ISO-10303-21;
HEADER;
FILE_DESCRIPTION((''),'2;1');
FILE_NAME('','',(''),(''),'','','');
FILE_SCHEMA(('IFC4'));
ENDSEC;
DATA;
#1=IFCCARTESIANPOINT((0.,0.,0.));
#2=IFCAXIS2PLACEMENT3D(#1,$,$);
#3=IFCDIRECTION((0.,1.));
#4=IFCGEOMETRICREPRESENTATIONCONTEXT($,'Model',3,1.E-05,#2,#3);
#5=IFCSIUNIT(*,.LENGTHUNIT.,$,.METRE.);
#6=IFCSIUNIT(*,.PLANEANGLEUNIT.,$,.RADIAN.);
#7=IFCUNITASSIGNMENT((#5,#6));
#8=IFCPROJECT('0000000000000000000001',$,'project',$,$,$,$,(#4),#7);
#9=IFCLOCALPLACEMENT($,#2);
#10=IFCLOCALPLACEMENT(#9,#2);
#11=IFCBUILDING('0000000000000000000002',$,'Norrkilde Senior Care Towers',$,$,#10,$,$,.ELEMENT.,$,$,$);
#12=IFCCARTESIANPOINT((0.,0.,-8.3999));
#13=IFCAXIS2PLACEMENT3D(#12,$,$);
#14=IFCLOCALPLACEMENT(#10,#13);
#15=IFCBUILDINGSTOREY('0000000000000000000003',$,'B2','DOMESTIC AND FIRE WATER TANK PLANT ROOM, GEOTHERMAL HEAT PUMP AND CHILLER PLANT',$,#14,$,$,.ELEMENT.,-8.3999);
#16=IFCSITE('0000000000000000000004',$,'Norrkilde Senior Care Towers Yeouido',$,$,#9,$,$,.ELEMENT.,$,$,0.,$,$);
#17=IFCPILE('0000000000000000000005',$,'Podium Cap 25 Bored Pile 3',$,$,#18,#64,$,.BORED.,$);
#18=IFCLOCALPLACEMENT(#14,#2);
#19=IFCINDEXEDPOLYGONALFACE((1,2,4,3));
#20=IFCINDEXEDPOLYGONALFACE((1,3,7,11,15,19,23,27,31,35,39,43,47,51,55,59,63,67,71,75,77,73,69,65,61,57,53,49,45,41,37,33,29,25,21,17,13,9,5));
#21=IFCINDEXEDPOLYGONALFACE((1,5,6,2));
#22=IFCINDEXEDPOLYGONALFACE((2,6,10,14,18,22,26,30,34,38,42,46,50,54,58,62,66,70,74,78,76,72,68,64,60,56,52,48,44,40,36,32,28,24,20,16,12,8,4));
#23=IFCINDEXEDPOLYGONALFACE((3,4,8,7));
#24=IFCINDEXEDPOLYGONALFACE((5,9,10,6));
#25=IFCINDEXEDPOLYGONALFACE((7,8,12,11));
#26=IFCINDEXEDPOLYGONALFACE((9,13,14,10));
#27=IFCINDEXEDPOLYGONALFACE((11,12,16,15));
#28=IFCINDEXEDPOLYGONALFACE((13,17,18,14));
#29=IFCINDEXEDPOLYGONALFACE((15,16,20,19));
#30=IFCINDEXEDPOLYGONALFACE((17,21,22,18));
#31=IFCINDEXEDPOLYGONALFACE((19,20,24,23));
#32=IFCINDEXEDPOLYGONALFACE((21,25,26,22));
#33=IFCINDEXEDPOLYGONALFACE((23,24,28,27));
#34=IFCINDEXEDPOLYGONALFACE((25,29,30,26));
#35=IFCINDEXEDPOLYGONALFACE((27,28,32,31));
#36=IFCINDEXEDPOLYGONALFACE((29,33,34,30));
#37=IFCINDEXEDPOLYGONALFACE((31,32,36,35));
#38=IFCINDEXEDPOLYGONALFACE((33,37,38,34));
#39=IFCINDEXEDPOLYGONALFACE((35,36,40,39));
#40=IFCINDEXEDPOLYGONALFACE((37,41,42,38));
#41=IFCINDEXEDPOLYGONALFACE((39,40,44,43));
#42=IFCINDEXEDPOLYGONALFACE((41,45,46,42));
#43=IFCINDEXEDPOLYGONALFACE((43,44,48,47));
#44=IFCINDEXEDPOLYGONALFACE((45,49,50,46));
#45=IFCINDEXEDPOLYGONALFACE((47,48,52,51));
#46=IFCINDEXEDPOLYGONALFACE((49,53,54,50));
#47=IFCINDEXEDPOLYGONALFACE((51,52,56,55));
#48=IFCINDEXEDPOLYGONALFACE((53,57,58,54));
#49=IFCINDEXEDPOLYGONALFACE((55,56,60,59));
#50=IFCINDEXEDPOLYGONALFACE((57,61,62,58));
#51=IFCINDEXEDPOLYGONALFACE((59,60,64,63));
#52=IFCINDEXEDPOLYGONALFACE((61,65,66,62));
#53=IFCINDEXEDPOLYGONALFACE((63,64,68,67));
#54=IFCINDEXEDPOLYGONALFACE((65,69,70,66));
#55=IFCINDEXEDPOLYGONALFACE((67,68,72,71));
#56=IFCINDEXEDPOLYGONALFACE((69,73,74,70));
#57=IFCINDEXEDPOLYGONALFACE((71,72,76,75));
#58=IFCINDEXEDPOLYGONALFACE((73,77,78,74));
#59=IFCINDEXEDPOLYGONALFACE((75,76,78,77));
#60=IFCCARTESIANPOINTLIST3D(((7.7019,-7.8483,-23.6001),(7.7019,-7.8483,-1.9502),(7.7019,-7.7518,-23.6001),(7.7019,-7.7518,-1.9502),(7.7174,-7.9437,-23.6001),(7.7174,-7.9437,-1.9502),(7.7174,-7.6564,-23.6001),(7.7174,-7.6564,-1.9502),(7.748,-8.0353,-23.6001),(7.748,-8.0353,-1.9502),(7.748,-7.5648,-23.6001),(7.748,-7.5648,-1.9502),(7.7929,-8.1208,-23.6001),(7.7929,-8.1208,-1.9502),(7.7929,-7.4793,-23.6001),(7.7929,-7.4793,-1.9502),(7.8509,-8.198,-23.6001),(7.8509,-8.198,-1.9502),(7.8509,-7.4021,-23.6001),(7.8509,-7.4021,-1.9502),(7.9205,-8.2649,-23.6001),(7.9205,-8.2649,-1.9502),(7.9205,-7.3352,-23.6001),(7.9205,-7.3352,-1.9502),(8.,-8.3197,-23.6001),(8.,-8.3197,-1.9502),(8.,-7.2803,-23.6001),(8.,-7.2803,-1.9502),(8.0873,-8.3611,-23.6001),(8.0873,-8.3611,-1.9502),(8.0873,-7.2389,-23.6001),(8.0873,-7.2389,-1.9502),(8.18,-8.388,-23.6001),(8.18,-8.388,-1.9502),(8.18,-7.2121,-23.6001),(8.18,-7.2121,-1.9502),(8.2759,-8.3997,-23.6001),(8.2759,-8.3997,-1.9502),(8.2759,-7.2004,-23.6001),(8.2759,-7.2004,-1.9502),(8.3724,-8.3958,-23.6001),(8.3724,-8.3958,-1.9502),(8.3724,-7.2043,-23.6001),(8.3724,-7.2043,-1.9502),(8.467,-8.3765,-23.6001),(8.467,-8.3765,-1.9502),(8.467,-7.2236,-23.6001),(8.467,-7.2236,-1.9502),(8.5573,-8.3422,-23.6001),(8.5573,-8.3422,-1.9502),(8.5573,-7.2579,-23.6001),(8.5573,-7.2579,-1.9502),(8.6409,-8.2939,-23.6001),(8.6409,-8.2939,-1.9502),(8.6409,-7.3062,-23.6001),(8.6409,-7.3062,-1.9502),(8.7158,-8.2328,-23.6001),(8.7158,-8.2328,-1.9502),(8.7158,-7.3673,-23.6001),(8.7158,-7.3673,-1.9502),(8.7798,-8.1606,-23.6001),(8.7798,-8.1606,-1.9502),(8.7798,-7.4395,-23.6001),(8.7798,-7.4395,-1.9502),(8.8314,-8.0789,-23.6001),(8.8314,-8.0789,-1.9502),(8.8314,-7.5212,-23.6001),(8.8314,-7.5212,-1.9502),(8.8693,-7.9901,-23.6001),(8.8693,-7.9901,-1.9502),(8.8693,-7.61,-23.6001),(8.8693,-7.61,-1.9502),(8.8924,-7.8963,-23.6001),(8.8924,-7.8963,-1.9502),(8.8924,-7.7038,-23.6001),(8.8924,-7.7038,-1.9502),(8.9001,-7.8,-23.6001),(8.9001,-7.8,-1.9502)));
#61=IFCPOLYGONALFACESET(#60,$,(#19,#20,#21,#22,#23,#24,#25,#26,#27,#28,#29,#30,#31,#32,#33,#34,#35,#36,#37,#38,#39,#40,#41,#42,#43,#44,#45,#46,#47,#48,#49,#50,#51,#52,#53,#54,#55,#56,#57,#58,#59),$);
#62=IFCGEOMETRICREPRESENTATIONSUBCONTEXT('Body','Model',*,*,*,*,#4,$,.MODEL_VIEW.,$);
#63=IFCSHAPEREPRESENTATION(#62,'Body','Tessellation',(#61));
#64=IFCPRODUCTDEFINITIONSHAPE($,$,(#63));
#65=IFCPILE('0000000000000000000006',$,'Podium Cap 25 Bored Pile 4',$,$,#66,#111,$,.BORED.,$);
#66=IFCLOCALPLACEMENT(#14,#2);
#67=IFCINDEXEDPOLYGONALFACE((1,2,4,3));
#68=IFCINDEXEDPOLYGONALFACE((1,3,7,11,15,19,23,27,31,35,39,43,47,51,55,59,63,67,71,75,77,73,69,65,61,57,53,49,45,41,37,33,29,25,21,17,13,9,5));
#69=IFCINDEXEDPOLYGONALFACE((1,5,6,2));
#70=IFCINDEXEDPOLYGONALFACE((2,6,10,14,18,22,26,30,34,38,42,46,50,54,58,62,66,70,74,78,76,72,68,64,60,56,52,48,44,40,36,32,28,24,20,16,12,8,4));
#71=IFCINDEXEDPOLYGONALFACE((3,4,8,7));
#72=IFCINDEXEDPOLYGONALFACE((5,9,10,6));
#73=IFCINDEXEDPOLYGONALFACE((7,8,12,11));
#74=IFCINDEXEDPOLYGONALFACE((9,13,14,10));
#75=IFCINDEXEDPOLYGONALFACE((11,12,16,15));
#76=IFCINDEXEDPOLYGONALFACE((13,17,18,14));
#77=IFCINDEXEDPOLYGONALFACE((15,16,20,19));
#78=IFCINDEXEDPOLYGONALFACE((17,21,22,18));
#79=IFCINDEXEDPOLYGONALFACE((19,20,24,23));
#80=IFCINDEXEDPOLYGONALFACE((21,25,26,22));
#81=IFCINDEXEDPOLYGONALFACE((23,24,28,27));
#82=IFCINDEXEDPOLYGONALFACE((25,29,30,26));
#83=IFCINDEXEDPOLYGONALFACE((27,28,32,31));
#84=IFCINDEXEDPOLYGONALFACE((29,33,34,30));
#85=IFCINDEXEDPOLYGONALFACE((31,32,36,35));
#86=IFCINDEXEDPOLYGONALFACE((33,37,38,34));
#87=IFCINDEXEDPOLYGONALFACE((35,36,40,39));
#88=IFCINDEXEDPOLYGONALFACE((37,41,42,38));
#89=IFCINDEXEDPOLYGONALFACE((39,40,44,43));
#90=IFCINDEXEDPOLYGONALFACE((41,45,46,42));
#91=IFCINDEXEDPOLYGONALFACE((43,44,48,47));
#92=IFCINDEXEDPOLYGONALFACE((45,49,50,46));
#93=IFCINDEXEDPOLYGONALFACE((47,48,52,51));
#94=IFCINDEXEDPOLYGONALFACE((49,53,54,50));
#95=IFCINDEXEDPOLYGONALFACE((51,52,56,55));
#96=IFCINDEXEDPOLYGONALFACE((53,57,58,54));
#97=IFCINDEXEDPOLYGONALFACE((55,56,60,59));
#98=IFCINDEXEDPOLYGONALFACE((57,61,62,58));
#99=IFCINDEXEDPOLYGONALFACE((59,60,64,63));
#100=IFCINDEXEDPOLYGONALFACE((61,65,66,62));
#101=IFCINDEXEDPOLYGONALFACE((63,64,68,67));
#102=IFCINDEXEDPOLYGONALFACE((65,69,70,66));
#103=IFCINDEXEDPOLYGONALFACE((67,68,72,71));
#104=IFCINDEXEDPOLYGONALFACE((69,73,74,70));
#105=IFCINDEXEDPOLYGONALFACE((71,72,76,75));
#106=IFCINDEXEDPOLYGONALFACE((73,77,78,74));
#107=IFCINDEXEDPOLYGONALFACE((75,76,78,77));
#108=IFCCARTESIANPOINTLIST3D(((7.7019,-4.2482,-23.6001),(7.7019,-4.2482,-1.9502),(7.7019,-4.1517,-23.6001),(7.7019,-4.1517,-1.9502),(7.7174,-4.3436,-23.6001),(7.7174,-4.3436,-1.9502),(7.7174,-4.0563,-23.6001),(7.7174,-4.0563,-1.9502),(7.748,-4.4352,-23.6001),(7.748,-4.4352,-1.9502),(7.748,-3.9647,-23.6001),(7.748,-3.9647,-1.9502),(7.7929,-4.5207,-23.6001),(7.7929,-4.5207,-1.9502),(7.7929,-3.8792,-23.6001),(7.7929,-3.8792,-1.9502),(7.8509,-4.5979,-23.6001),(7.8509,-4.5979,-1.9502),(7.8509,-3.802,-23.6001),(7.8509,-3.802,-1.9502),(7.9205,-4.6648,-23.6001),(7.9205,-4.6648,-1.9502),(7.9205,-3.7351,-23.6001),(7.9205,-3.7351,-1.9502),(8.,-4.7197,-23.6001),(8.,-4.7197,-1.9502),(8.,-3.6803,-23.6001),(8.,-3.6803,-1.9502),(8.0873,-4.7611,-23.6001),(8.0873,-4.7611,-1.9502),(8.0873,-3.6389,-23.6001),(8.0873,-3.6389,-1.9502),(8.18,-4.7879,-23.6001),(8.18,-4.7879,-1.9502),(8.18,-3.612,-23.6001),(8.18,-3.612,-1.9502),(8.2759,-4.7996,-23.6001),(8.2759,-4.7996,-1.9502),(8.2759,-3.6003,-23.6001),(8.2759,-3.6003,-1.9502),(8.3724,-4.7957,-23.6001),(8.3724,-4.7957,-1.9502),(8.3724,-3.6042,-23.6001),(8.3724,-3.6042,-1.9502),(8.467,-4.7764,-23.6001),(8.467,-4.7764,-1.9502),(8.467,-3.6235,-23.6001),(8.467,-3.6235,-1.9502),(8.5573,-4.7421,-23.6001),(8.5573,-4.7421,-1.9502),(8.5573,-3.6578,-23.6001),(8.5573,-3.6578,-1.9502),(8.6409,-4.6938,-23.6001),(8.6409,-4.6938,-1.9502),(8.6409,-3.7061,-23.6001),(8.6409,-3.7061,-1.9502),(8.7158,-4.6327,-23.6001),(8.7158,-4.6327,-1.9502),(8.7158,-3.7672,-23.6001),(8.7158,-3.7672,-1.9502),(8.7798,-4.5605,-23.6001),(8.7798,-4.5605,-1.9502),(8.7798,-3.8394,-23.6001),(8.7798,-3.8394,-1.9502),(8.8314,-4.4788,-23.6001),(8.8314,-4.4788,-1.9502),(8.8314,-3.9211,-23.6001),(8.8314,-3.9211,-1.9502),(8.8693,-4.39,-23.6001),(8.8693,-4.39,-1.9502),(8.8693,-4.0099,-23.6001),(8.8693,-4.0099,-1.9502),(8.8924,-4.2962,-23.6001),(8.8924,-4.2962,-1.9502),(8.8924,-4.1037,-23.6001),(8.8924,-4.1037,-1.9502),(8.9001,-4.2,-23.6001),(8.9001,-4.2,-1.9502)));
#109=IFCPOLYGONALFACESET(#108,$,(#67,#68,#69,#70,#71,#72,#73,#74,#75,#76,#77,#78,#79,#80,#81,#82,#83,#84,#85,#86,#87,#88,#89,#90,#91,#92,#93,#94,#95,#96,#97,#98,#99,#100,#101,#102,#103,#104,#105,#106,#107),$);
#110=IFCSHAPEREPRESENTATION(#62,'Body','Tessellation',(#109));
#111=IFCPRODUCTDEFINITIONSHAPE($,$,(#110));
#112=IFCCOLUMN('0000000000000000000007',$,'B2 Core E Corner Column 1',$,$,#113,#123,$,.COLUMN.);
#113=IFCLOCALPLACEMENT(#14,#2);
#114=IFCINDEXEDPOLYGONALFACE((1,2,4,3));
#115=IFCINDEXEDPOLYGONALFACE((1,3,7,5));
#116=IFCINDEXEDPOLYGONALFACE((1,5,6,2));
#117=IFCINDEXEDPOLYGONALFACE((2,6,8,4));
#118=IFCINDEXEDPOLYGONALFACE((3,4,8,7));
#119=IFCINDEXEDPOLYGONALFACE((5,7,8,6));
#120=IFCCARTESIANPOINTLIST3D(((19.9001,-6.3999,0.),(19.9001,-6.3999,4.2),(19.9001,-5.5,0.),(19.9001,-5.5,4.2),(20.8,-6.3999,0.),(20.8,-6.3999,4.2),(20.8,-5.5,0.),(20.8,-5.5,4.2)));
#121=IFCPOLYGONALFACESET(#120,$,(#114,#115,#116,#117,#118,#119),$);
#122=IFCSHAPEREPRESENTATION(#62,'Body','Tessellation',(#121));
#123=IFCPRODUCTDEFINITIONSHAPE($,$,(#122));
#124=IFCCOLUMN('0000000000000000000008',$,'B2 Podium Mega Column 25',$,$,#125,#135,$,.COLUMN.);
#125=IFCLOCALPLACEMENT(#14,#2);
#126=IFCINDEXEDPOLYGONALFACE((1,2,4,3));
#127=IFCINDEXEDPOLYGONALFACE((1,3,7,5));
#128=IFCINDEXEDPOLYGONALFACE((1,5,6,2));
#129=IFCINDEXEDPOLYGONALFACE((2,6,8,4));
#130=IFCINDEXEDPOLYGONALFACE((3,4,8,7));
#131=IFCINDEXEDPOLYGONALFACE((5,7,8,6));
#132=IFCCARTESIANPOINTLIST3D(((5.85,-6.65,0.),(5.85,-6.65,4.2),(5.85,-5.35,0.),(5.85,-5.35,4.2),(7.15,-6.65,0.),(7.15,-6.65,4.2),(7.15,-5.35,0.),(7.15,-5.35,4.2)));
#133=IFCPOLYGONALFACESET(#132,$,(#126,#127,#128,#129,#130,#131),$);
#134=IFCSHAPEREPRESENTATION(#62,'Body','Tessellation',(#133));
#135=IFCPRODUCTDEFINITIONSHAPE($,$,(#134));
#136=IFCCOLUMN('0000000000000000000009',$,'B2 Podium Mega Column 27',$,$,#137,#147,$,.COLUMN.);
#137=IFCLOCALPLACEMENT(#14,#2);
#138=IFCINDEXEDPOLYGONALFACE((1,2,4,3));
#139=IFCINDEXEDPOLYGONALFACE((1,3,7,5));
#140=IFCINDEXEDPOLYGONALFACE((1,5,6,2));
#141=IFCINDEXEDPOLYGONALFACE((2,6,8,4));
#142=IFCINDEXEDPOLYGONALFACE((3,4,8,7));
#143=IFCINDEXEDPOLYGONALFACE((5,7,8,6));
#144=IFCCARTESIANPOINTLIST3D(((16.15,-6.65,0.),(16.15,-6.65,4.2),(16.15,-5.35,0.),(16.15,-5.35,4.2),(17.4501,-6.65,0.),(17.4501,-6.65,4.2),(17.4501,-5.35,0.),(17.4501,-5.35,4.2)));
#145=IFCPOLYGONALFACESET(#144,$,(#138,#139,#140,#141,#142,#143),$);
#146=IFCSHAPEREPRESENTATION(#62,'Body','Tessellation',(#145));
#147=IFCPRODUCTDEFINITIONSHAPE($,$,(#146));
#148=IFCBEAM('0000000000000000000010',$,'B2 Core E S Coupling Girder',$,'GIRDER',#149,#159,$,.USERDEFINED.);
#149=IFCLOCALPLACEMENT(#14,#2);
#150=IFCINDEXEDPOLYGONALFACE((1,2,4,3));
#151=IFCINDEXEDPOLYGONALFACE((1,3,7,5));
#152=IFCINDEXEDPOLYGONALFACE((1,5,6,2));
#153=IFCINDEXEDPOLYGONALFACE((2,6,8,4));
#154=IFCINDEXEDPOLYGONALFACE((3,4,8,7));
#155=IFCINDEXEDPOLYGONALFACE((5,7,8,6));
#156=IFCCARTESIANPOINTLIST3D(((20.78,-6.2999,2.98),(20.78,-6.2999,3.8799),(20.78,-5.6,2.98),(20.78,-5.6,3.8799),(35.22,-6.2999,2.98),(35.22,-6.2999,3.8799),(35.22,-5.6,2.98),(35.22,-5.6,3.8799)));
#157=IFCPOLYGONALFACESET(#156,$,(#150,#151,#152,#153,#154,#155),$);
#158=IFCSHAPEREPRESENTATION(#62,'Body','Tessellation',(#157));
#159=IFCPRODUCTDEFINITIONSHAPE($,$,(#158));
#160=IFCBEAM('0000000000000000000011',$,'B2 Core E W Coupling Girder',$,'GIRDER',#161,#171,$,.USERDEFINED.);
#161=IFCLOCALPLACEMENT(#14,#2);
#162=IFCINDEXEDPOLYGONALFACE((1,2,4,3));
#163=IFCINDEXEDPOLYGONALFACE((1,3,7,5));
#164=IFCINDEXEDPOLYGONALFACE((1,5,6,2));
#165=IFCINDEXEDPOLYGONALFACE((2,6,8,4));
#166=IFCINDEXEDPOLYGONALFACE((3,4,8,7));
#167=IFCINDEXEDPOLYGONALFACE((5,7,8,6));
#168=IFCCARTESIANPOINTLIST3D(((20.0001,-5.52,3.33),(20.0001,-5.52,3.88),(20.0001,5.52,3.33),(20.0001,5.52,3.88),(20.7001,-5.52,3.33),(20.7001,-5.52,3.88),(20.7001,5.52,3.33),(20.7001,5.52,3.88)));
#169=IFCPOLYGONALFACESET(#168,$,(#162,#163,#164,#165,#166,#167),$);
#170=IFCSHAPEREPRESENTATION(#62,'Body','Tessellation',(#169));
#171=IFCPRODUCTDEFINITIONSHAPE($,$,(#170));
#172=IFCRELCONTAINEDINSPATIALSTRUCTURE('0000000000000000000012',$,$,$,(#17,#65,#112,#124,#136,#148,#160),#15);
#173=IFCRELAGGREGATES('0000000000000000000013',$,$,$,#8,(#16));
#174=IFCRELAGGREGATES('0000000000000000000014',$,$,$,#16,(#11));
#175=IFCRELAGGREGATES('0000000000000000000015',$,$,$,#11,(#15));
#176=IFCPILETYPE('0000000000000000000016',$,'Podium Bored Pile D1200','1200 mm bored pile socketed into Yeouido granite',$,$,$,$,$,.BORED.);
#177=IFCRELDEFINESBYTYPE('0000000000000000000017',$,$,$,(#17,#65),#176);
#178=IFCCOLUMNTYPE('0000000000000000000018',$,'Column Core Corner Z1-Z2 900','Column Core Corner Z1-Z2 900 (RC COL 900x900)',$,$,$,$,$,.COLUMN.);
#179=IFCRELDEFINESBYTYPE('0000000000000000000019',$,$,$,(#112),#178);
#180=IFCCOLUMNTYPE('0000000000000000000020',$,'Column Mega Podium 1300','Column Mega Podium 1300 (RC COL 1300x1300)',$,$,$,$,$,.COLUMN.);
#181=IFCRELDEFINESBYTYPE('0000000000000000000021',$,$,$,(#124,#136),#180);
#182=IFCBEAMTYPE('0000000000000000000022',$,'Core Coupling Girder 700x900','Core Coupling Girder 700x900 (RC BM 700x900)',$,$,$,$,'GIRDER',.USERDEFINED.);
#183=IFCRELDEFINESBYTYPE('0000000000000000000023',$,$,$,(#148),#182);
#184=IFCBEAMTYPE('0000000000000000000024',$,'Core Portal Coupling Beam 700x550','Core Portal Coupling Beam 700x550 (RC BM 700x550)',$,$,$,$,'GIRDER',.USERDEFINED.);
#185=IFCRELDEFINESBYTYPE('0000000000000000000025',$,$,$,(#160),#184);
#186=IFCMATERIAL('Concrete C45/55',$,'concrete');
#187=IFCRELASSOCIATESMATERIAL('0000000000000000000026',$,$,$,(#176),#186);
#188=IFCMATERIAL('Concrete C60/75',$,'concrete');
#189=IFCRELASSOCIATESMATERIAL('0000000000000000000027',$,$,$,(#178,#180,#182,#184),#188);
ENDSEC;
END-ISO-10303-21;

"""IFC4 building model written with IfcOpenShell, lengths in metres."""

from ifc_helpers import new_model, si_unit, direction, frame, origin, origin_2d, place, context, subcontext, project, spatial, rectangle, circle, extrude, source, transform, mapped, material, material_profile, profile_set, type_object, type_shapes, element, save


model = new_model("IFC4")

# Units and contexts
model_context = context("Model", 3, precision=1e-05, world=origin(), true_north=direction((0.0, 1.0)))
body_context = subcontext(model_context, "Body", "Model", "MODEL_VIEW")
ifc_project = project(units=[si_unit("LENGTHUNIT", "METRE"), si_unit("PLANEANGLEUNIT", "RADIAN")], contexts=[model_context])

# Site, building, storey
site_placement = place(None, origin())
site = spatial("IfcSite", under=ifc_project, at=site_placement, Name="Norrkilde Senior Care Towers Yeouido", CompositionType="ELEMENT", RefElevation=0.0)
building_placement = place(site_placement, origin())
building = spatial("IfcBuilding", under=site, at=building_placement, Name="Norrkilde Senior Care Towers", CompositionType="ELEMENT")
storey_placement = place(building_placement, frame((0.0, 0.0, -8.3999)))
storey = spatial("IfcBuildingStorey", under=building, at=storey_placement, Name="B2", Description="DOMESTIC AND FIRE WATER TANK PLANT ROOM, GEOTHERMAL HEAT PUMP AND CHILLER PLANT", CompositionType="ELEMENT", Elevation=-8.3999)

# Piles
ifc_material_1 = material(Name="Concrete C45/55", Category="concrete")
ifc_material_profile_1 = material_profile(ifc_material_1, circle(Radius=0.6001, at=origin_2d()), Name="BORED PILE 1200")
ifc_profile_set_1 = profile_set([ifc_material_profile_1], Name="Concrete C45/55")
pile_type_1 = type_object("IfcPileType", Name="Podium Bored Pile D1200", Description="1200 mm bored pile socketed into Yeouido granite", PredefinedType="BORED", material=ifc_profile_set_1)
shared_shape_1 = source(origin(), body_context, "Body", "SweptSolid", [
    extrude(circle(Radius=0.6001, at=origin_2d()), origin(), (0.0, 0.0, 1.0), 21.6499),
])
type_shapes(pile_type_1, [shared_shape_1])
for number, where, z_axis, x_axis, name in (
    (1, (8.3, -7.8, -1.9502), (0.0, 0.0, -1.0), (1.0, 0.0, 0.0), "Podium Cap 25 Bored Pile 3"),
    (2, (8.3, -4.2, -1.9502), (0.0, 0.0, -1.0), (1.0, 0.0, 0.0), "Podium Cap 25 Bored Pile 4"),
):
    element("IfcPile", number, at=place(storey_placement, frame(where, z_axis=z_axis, x_axis=x_axis)), inside=storey, type_object=pile_type_1, Name=name, PredefinedType="BORED", context=body_context, shape_type="MappedRepresentation", body=[
        mapped(shared_shape_1, transform((0.0, 0.0, 0.0), x_axis=(1.0, 0.0, 0.0), y_axis=(0.0, 1.0, 0.0), z_axis=(0.0, 0.0, 1.0), scale=1.0)),
    ])

# Columns
ifc_material_2 = material(Name="Concrete C60/75", Category="concrete")
ifc_material_profile_2 = material_profile(ifc_material_2, rectangle(XDim=0.8999, YDim=0.8999, at=origin_2d()), Name="RC COL 900x900")
ifc_profile_set_2 = profile_set([ifc_material_profile_2], Name="Concrete C60/75")
column_type_1 = type_object("IfcColumnType", Name="Column Core Corner Z1-Z2 900", Description="Column Core Corner Z1-Z2 900 (RC COL 900x900)", PredefinedType="COLUMN", material=ifc_profile_set_2)
shared_shape_2 = source(origin(), body_context, "Body", "SweptSolid", [
    extrude(rectangle(XDim=0.8999, YDim=0.8999, at=origin_2d()), origin(), (0.0, 0.0, 1.0), 4.2),
])
type_shapes(column_type_1, [shared_shape_2])
column_placement = place(storey_placement, frame((20.3501, -5.95, 0.0), z_axis=(0.0, 0.0, 1.0), x_axis=(1.0, 0.0, 0.0)))
element("IfcColumn", 3, at=column_placement, inside=storey, type_object=column_type_1, Name="B2 Core E Corner Column 1", PredefinedType="COLUMN", context=body_context, shape_type="MappedRepresentation", body=[
    mapped(shared_shape_2, transform((0.0, 0.0, 0.0), x_axis=(1.0, 0.0, 0.0), y_axis=(0.0, 1.0, 0.0), z_axis=(0.0, 0.0, 1.0), scale=1.0)),
])
ifc_material_profile_3 = material_profile(ifc_material_2, rectangle(XDim=1.3, YDim=1.3, at=origin_2d()), Name="RC COL 1300x1300")
ifc_profile_set_3 = profile_set([ifc_material_profile_3], Name="Concrete C60/75")
column_type_2 = type_object("IfcColumnType", Name="Column Mega Podium 1300", Description="Column Mega Podium 1300 (RC COL 1300x1300)", PredefinedType="COLUMN", material=ifc_profile_set_3)
shared_shape_3 = source(origin(), body_context, "Body", "SweptSolid", [
    extrude(rectangle(XDim=1.3, YDim=1.3, at=origin_2d()), origin(), (0.0, 0.0, 1.0), 4.2),
])
type_shapes(column_type_2, [shared_shape_3])
for number, where, z_axis, x_axis, name in (
    (4, (6.5, -6.0, 0.0), (0.0, 0.0, 1.0), (1.0, 0.0, 0.0), "B2 Podium Mega Column 25"),
    (5, (16.8, -6.0, 0.0), (0.0, 0.0, 1.0), (1.0, 0.0, 0.0), "B2 Podium Mega Column 27"),
):
    element("IfcColumn", number, at=place(storey_placement, frame(where, z_axis=z_axis, x_axis=x_axis)), inside=storey, type_object=column_type_2, Name=name, PredefinedType="COLUMN", context=body_context, shape_type="MappedRepresentation", body=[
        mapped(shared_shape_3, transform((0.0, 0.0, 0.0), x_axis=(1.0, 0.0, 0.0), y_axis=(0.0, 1.0, 0.0), z_axis=(0.0, 0.0, 1.0), scale=1.0)),
    ])

# Beams
ifc_material_profile_4 = material_profile(ifc_material_2, rectangle(XDim=0.7, YDim=0.8999, at=origin_2d()), Name="RC BM 700x900")
ifc_profile_set_4 = profile_set([ifc_material_profile_4], Name="Concrete C60/75")
beam_type_1 = type_object("IfcBeamType", Name="Core Coupling Girder 700x900", Description="Core Coupling Girder 700x900 (RC BM 700x900)", ElementType="GIRDER", PredefinedType="USERDEFINED", material=ifc_profile_set_4)
shared_shape_4 = source(origin(), body_context, "Body", "SweptSolid", [
    extrude(rectangle(XDim=0.7, YDim=0.8999, at=origin_2d()), origin(), (0.0, 0.0, 1.0), 14.4399),
])
type_shapes(beam_type_1, [shared_shape_4])
beam_1_placement = place(storey_placement, frame((20.78, -5.95, 3.4299), z_axis=(1.0, 0.0, 0.0), x_axis=(0.0, 1.0, 0.0)))
element("IfcBeam", 6, at=beam_1_placement, inside=storey, type_object=beam_type_1, Name="B2 Core E S Coupling Girder", ObjectType="GIRDER", PredefinedType="USERDEFINED", context=body_context, shape_type="MappedRepresentation", body=[
    mapped(shared_shape_4, transform((0.0, 0.0, 0.0), x_axis=(1.0, 0.0, 0.0), y_axis=(0.0, 1.0, 0.0), z_axis=(0.0, 0.0, 1.0), scale=1.0)),
])
ifc_material_profile_5 = material_profile(ifc_material_2, rectangle(XDim=0.7, YDim=0.55, at=origin_2d()), Name="RC BM 700x550")
ifc_profile_set_5 = profile_set([ifc_material_profile_5], Name="Concrete C60/75")
beam_type_2 = type_object("IfcBeamType", Name="Core Portal Coupling Beam 700x550", Description="Core Portal Coupling Beam 700x550 (RC BM 700x550)", ElementType="GIRDER", PredefinedType="USERDEFINED", material=ifc_profile_set_5)
shared_shape_5 = source(origin(), body_context, "Body", "SweptSolid", [
    extrude(rectangle(XDim=0.7, YDim=0.55, at=origin_2d()), origin(), (0.0, 0.0, 1.0), 11.04),
])
type_shapes(beam_type_2, [shared_shape_5])
beam_2_placement = place(storey_placement, frame((20.3501, -5.52, 3.605), z_axis=(0.0, 1.0, 0.0), x_axis=(-1.0, 0.0, 0.0)))
element("IfcBeam", 7, at=beam_2_placement, inside=storey, type_object=beam_type_2, Name="B2 Core E W Coupling Girder", ObjectType="GIRDER", PredefinedType="USERDEFINED", context=body_context, shape_type="MappedRepresentation", body=[
    mapped(shared_shape_5, transform((0.0, 0.0, 0.0), x_axis=(1.0, 0.0, 0.0), y_axis=(0.0, 1.0, 0.0), z_axis=(0.0, 0.0, 1.0), scale=1.0)),
])

save(model, "model.ifc")
